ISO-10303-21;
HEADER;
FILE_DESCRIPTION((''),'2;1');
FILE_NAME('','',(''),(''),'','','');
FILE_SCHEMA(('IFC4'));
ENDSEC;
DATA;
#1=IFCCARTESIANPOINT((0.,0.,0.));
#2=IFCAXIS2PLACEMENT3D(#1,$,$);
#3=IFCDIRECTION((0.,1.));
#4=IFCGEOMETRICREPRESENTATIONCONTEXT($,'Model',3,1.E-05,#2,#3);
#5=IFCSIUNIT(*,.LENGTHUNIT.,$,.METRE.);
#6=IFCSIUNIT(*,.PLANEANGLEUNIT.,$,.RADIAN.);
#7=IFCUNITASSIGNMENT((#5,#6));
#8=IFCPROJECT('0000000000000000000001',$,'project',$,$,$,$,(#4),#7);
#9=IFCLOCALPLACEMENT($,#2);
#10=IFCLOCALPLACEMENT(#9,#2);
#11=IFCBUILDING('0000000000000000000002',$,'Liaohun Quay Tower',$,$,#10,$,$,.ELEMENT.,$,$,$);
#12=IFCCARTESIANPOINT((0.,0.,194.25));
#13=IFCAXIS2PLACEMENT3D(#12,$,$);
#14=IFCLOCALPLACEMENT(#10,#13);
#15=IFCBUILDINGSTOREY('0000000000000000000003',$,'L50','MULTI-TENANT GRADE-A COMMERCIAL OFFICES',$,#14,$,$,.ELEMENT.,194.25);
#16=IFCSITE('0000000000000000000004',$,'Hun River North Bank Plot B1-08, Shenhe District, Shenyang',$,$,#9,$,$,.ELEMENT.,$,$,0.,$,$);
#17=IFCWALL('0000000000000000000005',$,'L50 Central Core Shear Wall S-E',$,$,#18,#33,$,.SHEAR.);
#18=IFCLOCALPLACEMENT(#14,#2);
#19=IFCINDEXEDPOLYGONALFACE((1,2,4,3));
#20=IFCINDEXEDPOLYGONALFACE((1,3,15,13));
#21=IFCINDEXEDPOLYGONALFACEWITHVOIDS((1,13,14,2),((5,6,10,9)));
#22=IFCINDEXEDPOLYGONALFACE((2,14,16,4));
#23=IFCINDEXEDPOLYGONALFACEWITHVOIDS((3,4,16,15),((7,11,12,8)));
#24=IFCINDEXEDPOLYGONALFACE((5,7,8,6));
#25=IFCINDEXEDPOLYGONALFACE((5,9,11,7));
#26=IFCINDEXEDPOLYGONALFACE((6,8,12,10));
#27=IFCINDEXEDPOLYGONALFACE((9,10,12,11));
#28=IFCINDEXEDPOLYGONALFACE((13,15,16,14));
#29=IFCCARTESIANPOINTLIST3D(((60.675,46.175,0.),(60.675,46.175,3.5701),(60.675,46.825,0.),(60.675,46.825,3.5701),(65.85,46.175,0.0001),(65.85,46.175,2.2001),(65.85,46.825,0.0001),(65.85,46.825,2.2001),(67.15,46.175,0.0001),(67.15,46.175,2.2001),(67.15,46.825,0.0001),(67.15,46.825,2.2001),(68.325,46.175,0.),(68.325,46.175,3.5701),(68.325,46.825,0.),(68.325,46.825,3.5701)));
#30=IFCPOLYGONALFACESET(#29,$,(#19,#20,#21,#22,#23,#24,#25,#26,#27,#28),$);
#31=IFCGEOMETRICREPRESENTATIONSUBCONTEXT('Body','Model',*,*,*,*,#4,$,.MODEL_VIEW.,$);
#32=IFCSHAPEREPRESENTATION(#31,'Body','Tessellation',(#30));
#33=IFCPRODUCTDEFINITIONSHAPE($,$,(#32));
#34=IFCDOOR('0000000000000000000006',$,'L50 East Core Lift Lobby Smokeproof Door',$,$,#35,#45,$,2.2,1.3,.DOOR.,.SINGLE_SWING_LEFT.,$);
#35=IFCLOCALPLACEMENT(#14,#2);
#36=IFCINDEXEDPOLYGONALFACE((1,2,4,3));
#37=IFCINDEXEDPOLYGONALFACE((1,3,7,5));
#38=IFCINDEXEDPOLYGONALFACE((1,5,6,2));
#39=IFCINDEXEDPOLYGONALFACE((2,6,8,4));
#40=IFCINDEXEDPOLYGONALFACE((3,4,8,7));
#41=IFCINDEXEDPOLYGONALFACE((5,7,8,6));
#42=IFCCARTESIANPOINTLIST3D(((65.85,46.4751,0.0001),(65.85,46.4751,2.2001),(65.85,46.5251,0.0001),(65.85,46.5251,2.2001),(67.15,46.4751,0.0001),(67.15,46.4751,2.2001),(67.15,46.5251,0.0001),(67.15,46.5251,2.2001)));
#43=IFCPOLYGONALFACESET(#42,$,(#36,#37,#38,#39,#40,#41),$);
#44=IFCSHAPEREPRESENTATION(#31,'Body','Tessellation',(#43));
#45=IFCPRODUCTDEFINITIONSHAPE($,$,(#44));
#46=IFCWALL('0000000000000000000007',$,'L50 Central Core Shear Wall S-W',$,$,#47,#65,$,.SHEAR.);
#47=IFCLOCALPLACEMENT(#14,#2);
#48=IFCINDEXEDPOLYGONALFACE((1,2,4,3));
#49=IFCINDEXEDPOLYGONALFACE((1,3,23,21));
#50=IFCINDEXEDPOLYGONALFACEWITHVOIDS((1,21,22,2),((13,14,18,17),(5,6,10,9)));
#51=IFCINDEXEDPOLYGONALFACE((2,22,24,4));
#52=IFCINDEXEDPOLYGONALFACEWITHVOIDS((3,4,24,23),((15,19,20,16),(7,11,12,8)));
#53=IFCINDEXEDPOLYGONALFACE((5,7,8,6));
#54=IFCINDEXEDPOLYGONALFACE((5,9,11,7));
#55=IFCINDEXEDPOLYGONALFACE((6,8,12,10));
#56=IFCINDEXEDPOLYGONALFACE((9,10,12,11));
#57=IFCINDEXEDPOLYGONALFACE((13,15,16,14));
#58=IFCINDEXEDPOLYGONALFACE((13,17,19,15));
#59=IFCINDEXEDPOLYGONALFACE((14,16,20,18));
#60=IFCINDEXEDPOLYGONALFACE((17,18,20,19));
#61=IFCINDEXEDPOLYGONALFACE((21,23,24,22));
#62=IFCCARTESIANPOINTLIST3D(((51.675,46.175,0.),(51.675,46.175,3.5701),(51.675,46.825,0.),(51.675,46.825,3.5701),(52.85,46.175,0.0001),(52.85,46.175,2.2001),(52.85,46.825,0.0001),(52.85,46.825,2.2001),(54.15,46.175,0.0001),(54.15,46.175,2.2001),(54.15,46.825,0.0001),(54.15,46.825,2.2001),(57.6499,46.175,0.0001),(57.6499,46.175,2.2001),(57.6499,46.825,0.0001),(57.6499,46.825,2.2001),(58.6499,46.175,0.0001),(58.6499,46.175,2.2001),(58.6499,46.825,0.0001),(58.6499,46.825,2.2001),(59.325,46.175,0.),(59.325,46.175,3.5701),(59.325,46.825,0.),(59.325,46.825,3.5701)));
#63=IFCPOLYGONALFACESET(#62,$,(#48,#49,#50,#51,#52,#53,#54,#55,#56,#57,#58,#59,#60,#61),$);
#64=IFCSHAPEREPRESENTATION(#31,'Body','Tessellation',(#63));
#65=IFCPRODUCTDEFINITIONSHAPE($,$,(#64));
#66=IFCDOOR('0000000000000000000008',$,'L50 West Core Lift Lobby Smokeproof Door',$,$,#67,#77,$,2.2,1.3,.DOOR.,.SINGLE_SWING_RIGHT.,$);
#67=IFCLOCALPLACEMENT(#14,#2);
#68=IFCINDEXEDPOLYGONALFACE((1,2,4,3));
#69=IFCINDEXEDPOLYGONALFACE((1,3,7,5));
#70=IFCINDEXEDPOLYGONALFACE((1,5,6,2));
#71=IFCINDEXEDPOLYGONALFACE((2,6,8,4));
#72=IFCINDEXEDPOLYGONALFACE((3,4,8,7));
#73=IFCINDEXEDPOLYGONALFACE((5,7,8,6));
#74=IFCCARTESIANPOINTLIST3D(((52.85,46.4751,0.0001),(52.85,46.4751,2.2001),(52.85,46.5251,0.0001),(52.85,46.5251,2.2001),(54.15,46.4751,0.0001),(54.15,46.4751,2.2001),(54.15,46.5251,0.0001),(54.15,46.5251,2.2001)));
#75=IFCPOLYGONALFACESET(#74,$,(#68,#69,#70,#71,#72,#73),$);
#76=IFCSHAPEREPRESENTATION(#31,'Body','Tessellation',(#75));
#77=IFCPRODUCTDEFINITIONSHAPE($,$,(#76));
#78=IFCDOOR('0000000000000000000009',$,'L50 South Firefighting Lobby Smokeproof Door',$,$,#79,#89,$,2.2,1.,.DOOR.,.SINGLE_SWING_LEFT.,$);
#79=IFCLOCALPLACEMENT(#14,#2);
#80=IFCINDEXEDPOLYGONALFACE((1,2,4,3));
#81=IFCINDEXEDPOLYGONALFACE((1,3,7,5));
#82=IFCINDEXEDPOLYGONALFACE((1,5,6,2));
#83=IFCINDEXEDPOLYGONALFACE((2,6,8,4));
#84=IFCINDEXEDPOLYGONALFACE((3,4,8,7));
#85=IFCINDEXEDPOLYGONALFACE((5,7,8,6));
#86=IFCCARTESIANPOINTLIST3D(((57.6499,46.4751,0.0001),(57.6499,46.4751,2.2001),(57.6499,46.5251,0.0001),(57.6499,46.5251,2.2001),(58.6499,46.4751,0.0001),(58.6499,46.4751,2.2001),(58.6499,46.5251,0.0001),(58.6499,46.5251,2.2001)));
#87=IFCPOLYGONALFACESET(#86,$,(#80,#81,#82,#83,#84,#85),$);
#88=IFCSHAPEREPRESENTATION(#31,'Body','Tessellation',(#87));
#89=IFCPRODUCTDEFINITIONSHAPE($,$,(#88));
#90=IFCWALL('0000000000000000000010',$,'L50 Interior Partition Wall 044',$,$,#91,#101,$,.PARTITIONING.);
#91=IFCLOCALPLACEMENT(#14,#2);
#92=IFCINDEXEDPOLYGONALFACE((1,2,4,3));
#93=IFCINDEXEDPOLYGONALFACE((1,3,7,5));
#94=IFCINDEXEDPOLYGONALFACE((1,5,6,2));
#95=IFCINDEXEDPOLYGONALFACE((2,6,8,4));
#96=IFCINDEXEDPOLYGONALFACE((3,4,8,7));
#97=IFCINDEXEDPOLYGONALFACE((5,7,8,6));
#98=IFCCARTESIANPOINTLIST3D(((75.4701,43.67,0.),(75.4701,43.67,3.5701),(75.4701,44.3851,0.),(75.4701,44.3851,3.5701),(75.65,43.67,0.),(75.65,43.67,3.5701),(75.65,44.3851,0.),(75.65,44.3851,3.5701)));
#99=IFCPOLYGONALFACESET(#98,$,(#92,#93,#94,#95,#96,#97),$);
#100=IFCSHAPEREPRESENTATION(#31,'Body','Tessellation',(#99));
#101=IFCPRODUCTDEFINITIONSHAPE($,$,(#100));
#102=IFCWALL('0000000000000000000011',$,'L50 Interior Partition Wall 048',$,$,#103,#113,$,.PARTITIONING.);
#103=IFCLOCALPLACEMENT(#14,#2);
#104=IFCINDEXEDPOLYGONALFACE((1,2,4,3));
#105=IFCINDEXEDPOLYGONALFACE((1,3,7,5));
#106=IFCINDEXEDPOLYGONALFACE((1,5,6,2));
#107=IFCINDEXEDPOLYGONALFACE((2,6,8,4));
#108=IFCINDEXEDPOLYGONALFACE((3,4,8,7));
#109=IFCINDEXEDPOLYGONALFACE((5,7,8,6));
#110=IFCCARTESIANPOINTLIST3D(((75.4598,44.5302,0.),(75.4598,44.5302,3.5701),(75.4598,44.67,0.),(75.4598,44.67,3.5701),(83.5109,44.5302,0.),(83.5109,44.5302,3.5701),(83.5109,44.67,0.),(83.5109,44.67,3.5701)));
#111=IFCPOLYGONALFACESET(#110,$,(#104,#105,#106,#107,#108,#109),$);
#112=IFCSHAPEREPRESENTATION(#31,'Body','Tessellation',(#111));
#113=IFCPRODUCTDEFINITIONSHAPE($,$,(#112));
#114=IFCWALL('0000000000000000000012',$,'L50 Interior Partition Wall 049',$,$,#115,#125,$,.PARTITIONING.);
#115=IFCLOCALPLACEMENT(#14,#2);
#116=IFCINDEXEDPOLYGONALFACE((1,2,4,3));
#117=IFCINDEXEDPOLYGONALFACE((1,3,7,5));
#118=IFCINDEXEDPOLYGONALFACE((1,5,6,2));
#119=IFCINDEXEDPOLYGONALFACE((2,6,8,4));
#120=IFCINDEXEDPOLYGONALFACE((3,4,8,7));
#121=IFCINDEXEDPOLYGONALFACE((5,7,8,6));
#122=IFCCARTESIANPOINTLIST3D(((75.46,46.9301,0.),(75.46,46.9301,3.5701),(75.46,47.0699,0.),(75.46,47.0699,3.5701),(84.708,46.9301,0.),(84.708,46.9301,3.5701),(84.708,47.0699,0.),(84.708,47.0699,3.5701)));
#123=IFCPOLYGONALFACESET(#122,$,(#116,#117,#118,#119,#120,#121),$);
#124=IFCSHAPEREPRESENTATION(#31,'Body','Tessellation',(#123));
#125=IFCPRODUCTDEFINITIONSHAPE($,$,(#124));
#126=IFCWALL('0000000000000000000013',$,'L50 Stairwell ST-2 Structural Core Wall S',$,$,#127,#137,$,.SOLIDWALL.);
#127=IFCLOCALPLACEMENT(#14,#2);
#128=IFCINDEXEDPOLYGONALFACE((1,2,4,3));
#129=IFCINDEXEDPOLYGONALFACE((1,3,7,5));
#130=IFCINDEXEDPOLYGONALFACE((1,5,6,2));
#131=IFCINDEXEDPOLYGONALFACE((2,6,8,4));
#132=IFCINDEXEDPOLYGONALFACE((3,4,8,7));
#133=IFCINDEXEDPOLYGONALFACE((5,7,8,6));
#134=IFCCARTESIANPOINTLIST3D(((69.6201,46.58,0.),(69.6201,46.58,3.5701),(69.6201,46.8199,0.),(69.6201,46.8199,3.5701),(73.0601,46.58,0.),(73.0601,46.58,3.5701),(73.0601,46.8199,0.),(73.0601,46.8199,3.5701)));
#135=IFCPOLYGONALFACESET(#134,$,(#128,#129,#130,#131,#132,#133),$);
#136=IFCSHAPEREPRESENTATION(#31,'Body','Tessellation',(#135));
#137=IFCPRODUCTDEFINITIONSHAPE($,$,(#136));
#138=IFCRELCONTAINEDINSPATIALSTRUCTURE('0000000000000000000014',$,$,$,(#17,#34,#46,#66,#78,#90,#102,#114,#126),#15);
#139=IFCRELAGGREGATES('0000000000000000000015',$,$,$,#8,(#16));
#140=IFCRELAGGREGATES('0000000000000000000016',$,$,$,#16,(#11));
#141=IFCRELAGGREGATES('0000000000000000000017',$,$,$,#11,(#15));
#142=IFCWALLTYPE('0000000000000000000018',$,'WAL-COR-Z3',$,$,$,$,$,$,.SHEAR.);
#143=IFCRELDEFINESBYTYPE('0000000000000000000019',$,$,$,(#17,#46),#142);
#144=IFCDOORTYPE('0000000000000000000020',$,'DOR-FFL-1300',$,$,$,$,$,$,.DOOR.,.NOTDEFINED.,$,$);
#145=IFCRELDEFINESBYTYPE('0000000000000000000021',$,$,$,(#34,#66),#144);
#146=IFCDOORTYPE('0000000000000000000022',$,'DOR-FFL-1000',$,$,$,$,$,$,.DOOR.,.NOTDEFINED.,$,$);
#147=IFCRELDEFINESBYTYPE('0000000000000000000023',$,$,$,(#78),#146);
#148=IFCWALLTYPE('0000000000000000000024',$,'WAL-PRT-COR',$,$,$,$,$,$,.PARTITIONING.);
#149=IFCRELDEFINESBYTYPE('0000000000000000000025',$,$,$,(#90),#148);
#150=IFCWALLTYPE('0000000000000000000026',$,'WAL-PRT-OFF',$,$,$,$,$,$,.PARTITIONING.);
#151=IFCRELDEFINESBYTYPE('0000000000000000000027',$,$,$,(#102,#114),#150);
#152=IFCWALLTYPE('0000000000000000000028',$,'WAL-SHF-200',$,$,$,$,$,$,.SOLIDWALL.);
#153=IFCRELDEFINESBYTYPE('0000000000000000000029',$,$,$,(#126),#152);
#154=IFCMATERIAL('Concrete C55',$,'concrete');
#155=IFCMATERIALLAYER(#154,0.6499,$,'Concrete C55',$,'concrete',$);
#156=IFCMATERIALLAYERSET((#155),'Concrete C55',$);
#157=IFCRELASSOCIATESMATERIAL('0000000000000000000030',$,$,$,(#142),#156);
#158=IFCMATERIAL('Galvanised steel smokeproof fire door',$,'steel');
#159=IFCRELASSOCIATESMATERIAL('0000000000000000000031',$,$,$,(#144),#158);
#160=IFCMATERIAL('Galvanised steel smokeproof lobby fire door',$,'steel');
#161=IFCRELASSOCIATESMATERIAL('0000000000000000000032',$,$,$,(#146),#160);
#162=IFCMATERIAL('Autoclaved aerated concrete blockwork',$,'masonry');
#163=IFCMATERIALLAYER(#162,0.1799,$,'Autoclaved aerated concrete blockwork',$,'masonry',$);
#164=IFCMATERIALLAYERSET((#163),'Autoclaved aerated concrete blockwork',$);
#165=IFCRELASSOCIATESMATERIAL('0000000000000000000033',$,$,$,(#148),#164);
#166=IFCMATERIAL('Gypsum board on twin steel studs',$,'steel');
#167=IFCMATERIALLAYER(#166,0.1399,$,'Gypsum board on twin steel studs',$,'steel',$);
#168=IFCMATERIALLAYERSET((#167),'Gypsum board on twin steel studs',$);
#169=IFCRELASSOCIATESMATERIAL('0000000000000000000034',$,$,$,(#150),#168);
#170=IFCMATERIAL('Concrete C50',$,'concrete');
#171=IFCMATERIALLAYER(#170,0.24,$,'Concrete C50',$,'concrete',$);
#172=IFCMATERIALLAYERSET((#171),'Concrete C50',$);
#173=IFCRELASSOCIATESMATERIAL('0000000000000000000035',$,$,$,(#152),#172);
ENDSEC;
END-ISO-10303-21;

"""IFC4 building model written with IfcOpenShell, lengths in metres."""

from ifc_helpers import new_model, si_unit, direction, frame, frame_2d, origin, place, context, subcontext, project, spatial, rectangle, extrude, source, transform, mapped, material, layer, layer_set, type_object, element, fill, save


model = new_model("IFC4")

# Units and contexts
model_context = context("Model", 3, precision=1e-05, world=origin(), true_north=direction((0.0, 1.0)))
body_context = subcontext(model_context, "Body", "Model", "MODEL_VIEW")
ifc_project = project(units=[si_unit("LENGTHUNIT", "METRE"), si_unit("PLANEANGLEUNIT", "RADIAN")], contexts=[model_context])

# Site, building, storey
site_placement = place(None, origin())
site = spatial("IfcSite", under=ifc_project, at=site_placement, Name="Hun River North Bank Plot B1-08, Shenhe District, Shenyang", CompositionType="ELEMENT", RefElevation=0.0)
building_placement = place(site_placement, origin())
building = spatial("IfcBuilding", under=site, at=building_placement, Name="Liaohun Quay Tower", CompositionType="ELEMENT")
storey_placement = place(building_placement, frame((0.0, 0.0, 194.25)))
storey = spatial("IfcBuildingStorey", under=building, at=storey_placement, Name="L50", Description="MULTI-TENANT GRADE-A COMMERCIAL OFFICES", CompositionType="ELEMENT", Elevation=194.25)

# Shared definitions
ifc_material_1 = material(Name="Concrete C55", Category="concrete")

# Wall, opening, door
ifc_layer_1 = layer(ifc_material_1, 0.6499, Name="Concrete C55", Category="concrete")
ifc_layer_set_1 = layer_set([ifc_layer_1], Name="Concrete C55")
wall_type_1 = type_object("IfcWallType", Name="WAL-COR-Z3", PredefinedType="SHEAR", material=ifc_layer_set_1)
wall_1_placement = place(storey_placement, frame((68.325, 46.5, 0.0), z_axis=(0.0, 0.0, 1.0), x_axis=(-1.0, 0.0, 0.0)))
wall_1 = element("IfcWall", 1, at=wall_1_placement, inside=storey, type_object=wall_type_1, Name="L50 Central Core Shear Wall S-E", PredefinedType="SHEAR", context=body_context, shape_type="SweptSolid", body=[
    extrude(rectangle(XDim=7.6499, YDim=0.6499, at=frame_2d((3.825, 0.0))), origin(), (0.0, 0.0, 1.0), 3.5701),
])
shared_shape_1 = source(origin(), body_context, "Body", "SweptSolid", [
    extrude(rectangle(XDim=1.3, YDim=2.2, at=frame_2d((0.6499, 1.1001))), frame((0.0, 0.335, 0.0), z_axis=(0.0, -1.0, 0.0), x_axis=(1.0, 0.0, 0.0)), (0.0, 0.0, 1.0), 0.6699),
])
opening_1_placement = place(wall_1_placement, frame((1.175, 0.0, 0.0)))
opening_1 = element("IfcOpeningElement", 2, at=opening_1_placement, cuts=wall_1, PredefinedType="OPENING", context=body_context, shape_type="MappedRepresentation", body=[
    mapped(shared_shape_1, transform((0.0, 0.0, 0.0), x_axis=(1.0, 0.0, 0.0), y_axis=(0.0, 1.0, 0.0), z_axis=(0.0, 0.0, 1.0), scale=1.0)),
])
ifc_material_2 = material(Name="Galvanised steel smokeproof fire door", Category="steel")
door_type_1 = type_object("IfcDoorType", Name="DOR-FFL-1300", OperationType="NOTDEFINED", PredefinedType="DOOR", material=ifc_material_2)
shared_shape_2 = source(origin(), body_context, "Body", "SweptSolid", [
    extrude(rectangle(XDim=1.3, YDim=2.2, at=frame_2d((0.6499, 1.1001))), frame((0.0, 0.0249, 0.0), z_axis=(0.0, -1.0, 0.0), x_axis=(1.0, 0.0, 0.0)), (0.0, 0.0, 1.0), 0.05),
])
door_1_placement = place(opening_1_placement, origin())
door_1 = element("IfcDoor", 3, at=door_1_placement, inside=storey, type_object=door_type_1, Name="L50 East Core Lift Lobby Smokeproof Door", OperationType="SINGLE_SWING_LEFT", OverallHeight=2.2, OverallWidth=1.3, PredefinedType="DOOR", context=body_context, shape_type="MappedRepresentation", body=[
    mapped(shared_shape_2, transform((0.0, 0.0, 0.0), x_axis=(1.0, 0.0, 0.0), y_axis=(0.0, 1.0, 0.0), z_axis=(0.0, 0.0, 1.0), scale=1.0)),
])
fill(opening_1, door_1)

# Wall, openings, doors
wall_2_placement = place(storey_placement, frame((59.325, 46.5, 0.0), z_axis=(0.0, 0.0, 1.0), x_axis=(-1.0, 0.0, 0.0)))
wall_2 = element("IfcWall", 4, at=wall_2_placement, inside=storey, type_object=wall_type_1, Name="L50 Central Core Shear Wall S-W", PredefinedType="SHEAR", context=body_context, shape_type="SweptSolid", body=[
    extrude(rectangle(XDim=7.6499, YDim=0.6499, at=frame_2d((3.825, 0.0))), origin(), (0.0, 0.0, 1.0), 3.5701),
])
opening_2_placement = place(wall_2_placement, frame((5.175, 0.0, 0.0)))
opening_2 = element("IfcOpeningElement", 5, at=opening_2_placement, cuts=wall_2, PredefinedType="OPENING", context=body_context, shape_type="MappedRepresentation", body=[
    mapped(shared_shape_1, transform((0.0, 0.0, 0.0), x_axis=(1.0, 0.0, 0.0), y_axis=(0.0, 1.0, 0.0), z_axis=(0.0, 0.0, 1.0), scale=1.0)),
])
shared_shape_3 = source(origin(), body_context, "Body", "SweptSolid", [
    extrude(rectangle(XDim=1.0, YDim=2.2, at=frame_2d((0.5, 1.1001))), frame((0.0, 0.335, 0.0), z_axis=(0.0, -1.0, 0.0), x_axis=(1.0, 0.0, 0.0)), (0.0, 0.0, 1.0), 0.6699),
])
opening_3_placement = place(wall_2_placement, frame((0.675, 0.0, 0.0)))
opening_3 = element("IfcOpeningElement", 6, at=opening_3_placement, cuts=wall_2, PredefinedType="OPENING", context=body_context, shape_type="MappedRepresentation", body=[
    mapped(shared_shape_3, transform((0.0, 0.0, 0.0), x_axis=(1.0, 0.0, 0.0), y_axis=(0.0, 1.0, 0.0), z_axis=(0.0, 0.0, 1.0), scale=1.0)),
])
door_2_placement = place(opening_2_placement, origin())
door_2 = element("IfcDoor", 7, at=door_2_placement, inside=storey, type_object=door_type_1, Name="L50 West Core Lift Lobby Smokeproof Door", OperationType="SINGLE_SWING_RIGHT", OverallHeight=2.2, OverallWidth=1.3, PredefinedType="DOOR", context=body_context, shape_type="MappedRepresentation", body=[
    mapped(shared_shape_2, transform((0.0, 0.0, 0.0), x_axis=(1.0, 0.0, 0.0), y_axis=(0.0, 1.0, 0.0), z_axis=(0.0, 0.0, 1.0), scale=1.0)),
])
fill(opening_2, door_2)
ifc_material_3 = material(Name="Galvanised steel smokeproof lobby fire door", Category="steel")
door_type_2 = type_object("IfcDoorType", Name="DOR-FFL-1000", OperationType="NOTDEFINED", PredefinedType="DOOR", material=ifc_material_3)
shared_shape_4 = source(origin(), body_context, "Body", "SweptSolid", [
    extrude(rectangle(XDim=1.0, YDim=2.2, at=frame_2d((0.5, 1.1001))), frame((0.0, 0.0249, 0.0), z_axis=(0.0, -1.0, 0.0), x_axis=(1.0, 0.0, 0.0)), (0.0, 0.0, 1.0), 0.05),
])
door_3_placement = place(opening_3_placement, origin())
door_3 = element("IfcDoor", 8, at=door_3_placement, inside=storey, type_object=door_type_2, Name="L50 South Firefighting Lobby Smokeproof Door", OperationType="SINGLE_SWING_LEFT", OverallHeight=2.2, OverallWidth=1.0, PredefinedType="DOOR", context=body_context, shape_type="MappedRepresentation", body=[
    mapped(shared_shape_4, transform((0.0, 0.0, 0.0), x_axis=(1.0, 0.0, 0.0), y_axis=(0.0, 1.0, 0.0), z_axis=(0.0, 0.0, 1.0), scale=1.0)),
])
fill(opening_3, door_3)

# Walls
ifc_material_4 = material(Name="Autoclaved aerated concrete blockwork", Category="masonry")
ifc_layer_2 = layer(ifc_material_4, 0.1799, Name="Autoclaved aerated concrete blockwork", Category="masonry")
ifc_layer_set_2 = layer_set([ifc_layer_2], Name="Autoclaved aerated concrete blockwork")
wall_type_2 = type_object("IfcWallType", Name="WAL-PRT-COR", PredefinedType="PARTITIONING", material=ifc_layer_set_2)
wall_3_placement = place(storey_placement, frame((75.5601, 44.385, 0.0), z_axis=(0.0, 0.0, 1.0), x_axis=(0.0, -1.0, 0.0)))
element("IfcWall", 9, at=wall_3_placement, inside=storey, type_object=wall_type_2, Name="L50 Interior Partition Wall 044", PredefinedType="PARTITIONING", context=body_context, shape_type="SweptSolid", body=[
    extrude(rectangle(XDim=0.7151, YDim=0.1799, at=frame_2d((0.3574, 0.0))), origin(), (0.0, 0.0, 1.0), 3.5701),
])
ifc_material_5 = material(Name="Gypsum board on twin steel studs", Category="steel")
ifc_layer_3 = layer(ifc_material_5, 0.1399, Name="Gypsum board on twin steel studs", Category="steel")
ifc_layer_set_3 = layer_set([ifc_layer_3], Name="Gypsum board on twin steel studs")
wall_type_3 = type_object("IfcWallType", Name="WAL-PRT-OFF", PredefinedType="PARTITIONING", material=ifc_layer_set_3)
wall_4_placement = place(storey_placement, frame((75.46, 44.6001, 0.0), z_axis=(0.0, 0.0, 1.0), x_axis=(1.0, 0.0, 0.0)))
element("IfcWall", 10, at=wall_4_placement, inside=storey, type_object=wall_type_3, Name="L50 Interior Partition Wall 048", PredefinedType="PARTITIONING", context=body_context, shape_type="SweptSolid", body=[
    extrude(rectangle(XDim=8.051, YDim=0.1399, at=frame_2d((4.0254, 0.0))), origin(), (0.0, 0.0, 1.0), 3.5701),
])
wall_5_placement = place(storey_placement, frame((75.46, 47.0, 0.0), z_axis=(0.0, 0.0, 1.0), x_axis=(1.0, 0.0, 0.0)))
element("IfcWall", 11, at=wall_5_placement, inside=storey, type_object=wall_type_3, Name="L50 Interior Partition Wall 049", PredefinedType="PARTITIONING", context=body_context, shape_type="SweptSolid", body=[
    extrude(rectangle(XDim=9.248, YDim=0.1399, at=frame_2d((4.624, 0.0))), origin(), (0.0, 0.0, 1.0), 3.5701),
])
ifc_material_6 = material(Name="Concrete C50", Category="concrete")
ifc_layer_4 = layer(ifc_material_6, 0.24, Name="Concrete C50", Category="concrete")
ifc_layer_set_4 = layer_set([ifc_layer_4], Name="Concrete C50")
wall_type_4 = type_object("IfcWallType", Name="WAL-SHF-200", PredefinedType="SOLIDWALL", material=ifc_layer_set_4)
wall_6_placement = place(storey_placement, frame((69.6201, 46.7, 0.0), z_axis=(0.0, 0.0, 1.0), x_axis=(1.0, 0.0, 0.0)))
element("IfcWall", 12, at=wall_6_placement, inside=storey, type_object=wall_type_4, Name="L50 Stairwell ST-2 Structural Core Wall S", PredefinedType="SOLIDWALL", context=body_context, shape_type="SweptSolid", body=[
    extrude(rectangle(XDim=3.4399, YDim=0.24, at=frame_2d((1.72, 0.0))), origin(), (0.0, 0.0, 1.0), 3.5701),
])

save(model, "model.ifc")
